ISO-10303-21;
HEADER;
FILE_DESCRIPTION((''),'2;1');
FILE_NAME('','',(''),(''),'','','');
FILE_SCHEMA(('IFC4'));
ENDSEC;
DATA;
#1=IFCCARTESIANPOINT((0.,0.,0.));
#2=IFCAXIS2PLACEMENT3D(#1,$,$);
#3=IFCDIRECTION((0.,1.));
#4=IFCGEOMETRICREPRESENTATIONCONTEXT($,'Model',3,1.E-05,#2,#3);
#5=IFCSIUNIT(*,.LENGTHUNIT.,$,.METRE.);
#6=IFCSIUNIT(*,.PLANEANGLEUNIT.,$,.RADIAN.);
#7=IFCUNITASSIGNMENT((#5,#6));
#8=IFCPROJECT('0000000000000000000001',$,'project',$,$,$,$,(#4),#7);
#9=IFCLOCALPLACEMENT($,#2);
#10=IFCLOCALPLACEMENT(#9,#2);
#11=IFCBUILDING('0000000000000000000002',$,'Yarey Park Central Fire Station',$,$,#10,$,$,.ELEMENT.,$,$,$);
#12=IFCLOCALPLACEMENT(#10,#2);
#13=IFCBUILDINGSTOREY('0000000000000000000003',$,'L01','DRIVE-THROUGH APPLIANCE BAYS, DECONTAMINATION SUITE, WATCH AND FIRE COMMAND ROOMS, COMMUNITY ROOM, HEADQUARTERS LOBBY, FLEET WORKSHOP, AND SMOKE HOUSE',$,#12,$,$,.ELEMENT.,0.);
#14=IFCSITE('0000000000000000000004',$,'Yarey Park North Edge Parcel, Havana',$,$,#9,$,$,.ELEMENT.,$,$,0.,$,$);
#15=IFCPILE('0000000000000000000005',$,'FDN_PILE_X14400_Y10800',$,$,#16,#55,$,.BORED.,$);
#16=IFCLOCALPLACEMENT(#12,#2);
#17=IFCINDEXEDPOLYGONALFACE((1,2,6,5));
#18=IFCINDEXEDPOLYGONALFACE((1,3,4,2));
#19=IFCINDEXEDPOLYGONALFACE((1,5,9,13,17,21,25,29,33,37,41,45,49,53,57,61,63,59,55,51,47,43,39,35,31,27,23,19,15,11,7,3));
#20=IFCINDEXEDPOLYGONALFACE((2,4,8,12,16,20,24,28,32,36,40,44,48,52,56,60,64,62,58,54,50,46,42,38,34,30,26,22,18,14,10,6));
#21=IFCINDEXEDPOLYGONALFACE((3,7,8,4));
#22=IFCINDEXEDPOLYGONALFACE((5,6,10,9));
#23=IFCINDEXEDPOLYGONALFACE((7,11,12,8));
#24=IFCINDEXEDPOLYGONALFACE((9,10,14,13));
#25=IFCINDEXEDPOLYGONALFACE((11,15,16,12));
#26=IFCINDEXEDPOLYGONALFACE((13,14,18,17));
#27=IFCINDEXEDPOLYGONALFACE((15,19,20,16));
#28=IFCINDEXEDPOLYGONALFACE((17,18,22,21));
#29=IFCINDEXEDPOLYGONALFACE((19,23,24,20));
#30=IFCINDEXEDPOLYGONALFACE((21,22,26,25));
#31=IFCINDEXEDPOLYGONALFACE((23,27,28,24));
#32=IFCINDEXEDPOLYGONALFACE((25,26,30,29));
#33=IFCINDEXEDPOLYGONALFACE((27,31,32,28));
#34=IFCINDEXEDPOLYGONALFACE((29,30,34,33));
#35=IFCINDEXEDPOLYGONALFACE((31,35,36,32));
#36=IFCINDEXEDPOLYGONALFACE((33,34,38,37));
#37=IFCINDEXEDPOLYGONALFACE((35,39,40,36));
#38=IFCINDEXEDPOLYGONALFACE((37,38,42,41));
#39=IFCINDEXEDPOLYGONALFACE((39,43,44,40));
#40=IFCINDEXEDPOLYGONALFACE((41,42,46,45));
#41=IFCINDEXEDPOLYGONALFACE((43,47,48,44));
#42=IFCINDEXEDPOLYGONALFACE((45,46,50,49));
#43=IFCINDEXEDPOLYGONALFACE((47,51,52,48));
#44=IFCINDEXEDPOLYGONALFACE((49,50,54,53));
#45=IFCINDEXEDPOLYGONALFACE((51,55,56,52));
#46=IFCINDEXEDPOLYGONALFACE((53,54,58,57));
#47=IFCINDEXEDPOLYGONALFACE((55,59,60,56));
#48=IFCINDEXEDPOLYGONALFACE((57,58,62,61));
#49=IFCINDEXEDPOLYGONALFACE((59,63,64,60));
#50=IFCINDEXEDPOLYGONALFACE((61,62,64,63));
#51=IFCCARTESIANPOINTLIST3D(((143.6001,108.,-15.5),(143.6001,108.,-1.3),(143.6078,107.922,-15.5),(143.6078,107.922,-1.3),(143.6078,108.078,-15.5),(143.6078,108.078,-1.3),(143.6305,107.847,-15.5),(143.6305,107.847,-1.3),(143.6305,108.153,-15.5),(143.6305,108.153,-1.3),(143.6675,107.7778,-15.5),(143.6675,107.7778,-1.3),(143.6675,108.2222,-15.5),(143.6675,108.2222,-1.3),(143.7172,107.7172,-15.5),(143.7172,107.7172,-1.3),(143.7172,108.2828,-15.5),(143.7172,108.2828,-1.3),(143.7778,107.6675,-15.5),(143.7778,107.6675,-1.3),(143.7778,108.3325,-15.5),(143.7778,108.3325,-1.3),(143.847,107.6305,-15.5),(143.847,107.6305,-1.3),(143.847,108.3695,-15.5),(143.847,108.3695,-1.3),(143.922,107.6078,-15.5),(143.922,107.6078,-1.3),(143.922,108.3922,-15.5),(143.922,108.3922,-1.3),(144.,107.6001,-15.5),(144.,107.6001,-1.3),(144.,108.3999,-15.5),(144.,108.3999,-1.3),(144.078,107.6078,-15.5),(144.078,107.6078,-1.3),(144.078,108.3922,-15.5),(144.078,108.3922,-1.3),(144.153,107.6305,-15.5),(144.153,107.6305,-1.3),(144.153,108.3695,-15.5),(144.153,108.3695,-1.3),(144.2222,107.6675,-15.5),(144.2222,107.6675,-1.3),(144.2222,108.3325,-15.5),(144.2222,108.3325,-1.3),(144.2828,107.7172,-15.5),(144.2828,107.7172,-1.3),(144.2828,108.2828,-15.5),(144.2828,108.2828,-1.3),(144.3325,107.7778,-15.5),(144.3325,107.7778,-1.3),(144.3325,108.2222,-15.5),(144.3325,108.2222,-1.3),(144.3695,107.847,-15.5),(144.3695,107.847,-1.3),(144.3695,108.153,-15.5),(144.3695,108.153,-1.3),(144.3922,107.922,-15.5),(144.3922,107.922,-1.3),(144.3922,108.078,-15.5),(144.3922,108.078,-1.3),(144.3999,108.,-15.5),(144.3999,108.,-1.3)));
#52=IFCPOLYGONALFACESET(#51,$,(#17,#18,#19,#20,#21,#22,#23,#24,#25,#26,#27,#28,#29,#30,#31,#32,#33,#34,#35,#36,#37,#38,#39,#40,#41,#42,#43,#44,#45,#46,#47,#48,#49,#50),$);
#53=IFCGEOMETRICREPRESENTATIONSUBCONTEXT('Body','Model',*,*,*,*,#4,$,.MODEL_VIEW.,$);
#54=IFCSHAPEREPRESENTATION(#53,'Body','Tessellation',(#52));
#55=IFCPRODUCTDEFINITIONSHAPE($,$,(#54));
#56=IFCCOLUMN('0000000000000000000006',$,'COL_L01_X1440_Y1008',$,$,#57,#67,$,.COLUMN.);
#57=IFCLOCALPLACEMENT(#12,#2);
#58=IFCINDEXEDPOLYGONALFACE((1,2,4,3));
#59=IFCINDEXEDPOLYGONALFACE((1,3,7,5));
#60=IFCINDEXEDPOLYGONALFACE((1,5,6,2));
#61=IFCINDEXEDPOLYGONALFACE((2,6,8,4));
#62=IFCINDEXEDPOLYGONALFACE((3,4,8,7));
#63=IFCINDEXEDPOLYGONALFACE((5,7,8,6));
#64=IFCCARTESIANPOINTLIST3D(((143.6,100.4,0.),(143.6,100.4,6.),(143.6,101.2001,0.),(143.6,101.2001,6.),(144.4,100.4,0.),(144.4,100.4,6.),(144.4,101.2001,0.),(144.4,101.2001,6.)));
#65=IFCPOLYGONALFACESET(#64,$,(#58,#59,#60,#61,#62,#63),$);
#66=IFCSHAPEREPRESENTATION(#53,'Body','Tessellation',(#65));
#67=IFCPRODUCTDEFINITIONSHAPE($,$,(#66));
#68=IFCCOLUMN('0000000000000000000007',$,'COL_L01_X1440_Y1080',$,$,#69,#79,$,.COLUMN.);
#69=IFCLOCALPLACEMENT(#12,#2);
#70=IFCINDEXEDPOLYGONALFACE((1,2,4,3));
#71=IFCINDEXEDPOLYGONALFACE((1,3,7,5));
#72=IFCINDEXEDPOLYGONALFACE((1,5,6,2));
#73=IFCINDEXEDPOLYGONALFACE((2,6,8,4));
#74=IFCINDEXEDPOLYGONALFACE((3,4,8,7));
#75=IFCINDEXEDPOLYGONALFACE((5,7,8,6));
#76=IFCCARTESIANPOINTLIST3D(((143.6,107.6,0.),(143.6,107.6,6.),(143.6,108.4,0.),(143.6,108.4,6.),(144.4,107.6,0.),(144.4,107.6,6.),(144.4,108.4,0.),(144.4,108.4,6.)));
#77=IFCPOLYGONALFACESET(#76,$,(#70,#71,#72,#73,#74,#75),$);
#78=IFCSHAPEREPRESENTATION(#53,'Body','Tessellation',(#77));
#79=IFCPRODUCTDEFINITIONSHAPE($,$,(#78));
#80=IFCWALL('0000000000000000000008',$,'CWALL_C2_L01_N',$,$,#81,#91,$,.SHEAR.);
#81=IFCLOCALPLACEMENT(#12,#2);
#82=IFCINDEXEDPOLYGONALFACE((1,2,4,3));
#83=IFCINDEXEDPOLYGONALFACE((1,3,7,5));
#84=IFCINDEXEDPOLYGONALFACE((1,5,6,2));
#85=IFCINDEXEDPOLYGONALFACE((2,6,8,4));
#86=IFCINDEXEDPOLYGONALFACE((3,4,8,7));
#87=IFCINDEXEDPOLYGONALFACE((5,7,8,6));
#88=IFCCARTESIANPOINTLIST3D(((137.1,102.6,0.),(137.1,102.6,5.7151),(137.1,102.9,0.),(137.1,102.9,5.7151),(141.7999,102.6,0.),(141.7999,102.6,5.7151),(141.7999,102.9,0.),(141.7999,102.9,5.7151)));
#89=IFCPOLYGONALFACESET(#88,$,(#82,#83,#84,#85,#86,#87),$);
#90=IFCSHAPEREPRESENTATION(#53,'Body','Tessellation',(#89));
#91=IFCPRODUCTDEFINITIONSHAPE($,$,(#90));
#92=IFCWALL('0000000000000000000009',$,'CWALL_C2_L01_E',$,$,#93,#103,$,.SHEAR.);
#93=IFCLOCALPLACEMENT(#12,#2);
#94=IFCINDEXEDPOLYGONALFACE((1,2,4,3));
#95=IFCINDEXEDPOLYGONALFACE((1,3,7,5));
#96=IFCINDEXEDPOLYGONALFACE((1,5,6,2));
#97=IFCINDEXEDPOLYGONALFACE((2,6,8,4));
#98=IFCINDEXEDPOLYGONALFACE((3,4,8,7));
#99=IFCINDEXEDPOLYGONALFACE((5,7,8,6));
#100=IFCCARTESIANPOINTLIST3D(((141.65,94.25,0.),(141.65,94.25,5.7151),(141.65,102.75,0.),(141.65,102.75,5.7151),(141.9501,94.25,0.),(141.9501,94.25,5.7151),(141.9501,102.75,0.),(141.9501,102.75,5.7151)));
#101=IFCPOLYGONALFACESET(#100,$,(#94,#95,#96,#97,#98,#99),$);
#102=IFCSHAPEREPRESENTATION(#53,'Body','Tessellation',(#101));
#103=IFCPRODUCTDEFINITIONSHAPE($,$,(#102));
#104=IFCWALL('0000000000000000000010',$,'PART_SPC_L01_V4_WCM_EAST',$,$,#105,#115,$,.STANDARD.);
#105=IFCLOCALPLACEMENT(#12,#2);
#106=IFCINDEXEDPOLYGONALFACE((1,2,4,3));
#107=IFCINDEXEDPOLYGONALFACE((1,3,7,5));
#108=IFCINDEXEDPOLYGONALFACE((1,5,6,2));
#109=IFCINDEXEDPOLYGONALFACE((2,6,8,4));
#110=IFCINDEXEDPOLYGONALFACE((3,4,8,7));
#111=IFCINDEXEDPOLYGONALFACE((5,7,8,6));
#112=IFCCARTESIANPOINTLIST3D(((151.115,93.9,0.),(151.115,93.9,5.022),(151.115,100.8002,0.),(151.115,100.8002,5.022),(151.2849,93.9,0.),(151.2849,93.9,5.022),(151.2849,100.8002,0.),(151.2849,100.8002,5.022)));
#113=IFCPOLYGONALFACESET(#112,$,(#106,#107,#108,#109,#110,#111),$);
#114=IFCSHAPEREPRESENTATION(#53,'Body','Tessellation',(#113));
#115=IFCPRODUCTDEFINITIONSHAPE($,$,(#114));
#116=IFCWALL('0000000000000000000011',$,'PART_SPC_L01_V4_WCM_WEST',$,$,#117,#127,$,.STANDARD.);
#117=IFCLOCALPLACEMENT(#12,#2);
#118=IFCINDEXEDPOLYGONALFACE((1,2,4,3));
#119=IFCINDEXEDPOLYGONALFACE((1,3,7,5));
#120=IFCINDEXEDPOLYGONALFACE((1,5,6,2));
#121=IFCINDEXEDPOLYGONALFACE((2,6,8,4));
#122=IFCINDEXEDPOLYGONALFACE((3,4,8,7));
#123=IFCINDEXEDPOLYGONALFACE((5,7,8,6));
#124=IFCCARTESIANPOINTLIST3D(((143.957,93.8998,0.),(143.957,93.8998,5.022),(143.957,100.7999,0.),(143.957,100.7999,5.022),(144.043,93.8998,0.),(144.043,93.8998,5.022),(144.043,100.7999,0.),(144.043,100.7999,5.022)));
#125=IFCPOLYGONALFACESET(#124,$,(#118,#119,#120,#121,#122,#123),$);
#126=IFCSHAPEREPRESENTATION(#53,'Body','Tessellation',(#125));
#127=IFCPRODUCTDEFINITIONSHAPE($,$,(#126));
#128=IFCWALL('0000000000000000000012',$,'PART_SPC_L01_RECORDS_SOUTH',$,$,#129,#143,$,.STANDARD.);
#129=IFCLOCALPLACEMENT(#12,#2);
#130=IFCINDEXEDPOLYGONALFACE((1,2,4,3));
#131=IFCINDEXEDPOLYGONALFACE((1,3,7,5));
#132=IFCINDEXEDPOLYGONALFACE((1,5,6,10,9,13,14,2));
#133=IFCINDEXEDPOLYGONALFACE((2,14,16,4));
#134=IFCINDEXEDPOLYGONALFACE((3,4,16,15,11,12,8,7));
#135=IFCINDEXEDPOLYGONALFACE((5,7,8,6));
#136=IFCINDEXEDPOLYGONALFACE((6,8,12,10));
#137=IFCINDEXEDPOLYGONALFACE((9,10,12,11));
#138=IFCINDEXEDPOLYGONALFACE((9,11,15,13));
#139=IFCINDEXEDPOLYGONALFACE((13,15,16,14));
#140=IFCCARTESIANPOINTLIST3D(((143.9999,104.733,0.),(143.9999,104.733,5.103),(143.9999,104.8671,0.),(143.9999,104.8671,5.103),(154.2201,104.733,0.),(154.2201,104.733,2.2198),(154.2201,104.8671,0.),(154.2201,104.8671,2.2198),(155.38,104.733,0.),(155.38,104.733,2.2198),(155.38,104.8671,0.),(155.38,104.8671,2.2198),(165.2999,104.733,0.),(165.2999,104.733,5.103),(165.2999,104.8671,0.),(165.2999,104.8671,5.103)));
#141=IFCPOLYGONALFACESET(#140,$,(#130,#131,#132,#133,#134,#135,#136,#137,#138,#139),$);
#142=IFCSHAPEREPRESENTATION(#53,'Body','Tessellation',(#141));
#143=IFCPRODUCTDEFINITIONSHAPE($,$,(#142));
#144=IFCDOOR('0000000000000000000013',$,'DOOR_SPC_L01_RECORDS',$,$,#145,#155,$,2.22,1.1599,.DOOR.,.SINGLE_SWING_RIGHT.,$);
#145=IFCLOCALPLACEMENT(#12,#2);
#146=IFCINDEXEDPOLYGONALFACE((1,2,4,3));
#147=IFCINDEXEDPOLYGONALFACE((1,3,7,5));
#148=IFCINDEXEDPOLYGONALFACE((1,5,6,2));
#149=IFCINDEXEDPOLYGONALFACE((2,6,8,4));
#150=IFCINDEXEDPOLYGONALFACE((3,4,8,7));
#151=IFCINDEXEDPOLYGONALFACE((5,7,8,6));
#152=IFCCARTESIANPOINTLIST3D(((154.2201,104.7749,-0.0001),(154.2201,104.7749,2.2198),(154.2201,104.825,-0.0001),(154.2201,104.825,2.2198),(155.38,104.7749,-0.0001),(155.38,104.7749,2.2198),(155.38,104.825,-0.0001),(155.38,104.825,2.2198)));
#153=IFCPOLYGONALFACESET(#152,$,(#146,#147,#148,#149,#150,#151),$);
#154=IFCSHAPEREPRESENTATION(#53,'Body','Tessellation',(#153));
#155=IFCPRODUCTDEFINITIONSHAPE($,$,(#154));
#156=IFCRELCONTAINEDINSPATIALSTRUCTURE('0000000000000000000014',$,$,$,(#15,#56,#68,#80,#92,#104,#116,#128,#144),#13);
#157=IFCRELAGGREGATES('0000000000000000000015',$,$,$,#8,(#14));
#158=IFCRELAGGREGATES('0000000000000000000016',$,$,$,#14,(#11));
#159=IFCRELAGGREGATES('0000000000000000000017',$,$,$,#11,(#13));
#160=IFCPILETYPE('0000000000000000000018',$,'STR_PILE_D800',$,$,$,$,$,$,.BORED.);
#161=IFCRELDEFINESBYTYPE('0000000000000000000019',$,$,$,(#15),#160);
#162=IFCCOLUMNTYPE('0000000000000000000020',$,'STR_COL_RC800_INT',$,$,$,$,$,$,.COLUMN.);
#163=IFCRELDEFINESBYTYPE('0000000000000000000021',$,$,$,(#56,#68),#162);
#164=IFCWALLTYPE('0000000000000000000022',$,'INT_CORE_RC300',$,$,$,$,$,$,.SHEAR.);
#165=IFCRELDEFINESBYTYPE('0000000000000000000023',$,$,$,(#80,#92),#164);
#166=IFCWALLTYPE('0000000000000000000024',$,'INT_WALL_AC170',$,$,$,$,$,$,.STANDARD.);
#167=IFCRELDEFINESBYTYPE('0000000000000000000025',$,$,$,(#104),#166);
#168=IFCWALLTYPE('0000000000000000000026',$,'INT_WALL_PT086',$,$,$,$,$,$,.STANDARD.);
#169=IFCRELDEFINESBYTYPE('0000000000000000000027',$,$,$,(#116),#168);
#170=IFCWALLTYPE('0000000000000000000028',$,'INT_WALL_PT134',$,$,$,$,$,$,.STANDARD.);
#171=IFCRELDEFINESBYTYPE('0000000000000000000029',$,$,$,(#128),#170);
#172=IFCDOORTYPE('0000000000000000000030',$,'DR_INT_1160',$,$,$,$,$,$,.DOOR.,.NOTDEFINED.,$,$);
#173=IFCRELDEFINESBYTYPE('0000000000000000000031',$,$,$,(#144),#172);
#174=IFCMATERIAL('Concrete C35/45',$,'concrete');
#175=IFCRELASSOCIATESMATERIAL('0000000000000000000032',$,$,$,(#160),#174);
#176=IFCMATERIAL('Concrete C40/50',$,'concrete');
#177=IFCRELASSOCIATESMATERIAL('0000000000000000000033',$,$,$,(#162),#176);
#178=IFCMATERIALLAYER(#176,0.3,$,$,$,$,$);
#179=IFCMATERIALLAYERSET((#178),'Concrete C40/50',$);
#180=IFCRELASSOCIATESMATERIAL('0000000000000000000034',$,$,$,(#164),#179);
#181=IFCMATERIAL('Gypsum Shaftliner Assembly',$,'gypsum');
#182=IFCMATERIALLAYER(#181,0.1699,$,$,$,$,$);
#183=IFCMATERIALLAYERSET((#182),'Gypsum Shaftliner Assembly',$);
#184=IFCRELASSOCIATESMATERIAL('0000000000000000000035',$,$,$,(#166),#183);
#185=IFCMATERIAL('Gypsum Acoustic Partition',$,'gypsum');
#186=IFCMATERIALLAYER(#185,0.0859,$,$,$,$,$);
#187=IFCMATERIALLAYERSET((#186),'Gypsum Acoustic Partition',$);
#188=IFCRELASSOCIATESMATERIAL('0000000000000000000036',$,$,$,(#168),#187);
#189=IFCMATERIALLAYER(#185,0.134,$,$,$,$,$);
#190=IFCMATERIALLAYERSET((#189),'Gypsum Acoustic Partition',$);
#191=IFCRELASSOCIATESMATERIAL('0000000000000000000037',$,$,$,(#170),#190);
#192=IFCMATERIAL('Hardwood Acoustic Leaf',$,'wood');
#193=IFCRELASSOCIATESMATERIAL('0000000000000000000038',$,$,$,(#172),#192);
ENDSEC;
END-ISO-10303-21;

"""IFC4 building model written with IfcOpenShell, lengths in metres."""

from ifc_helpers import new_model, si_unit, direction, frame, frame_2d, origin, origin_2d, place, context, subcontext, project, spatial, rectangle, circle, extrude, material, layer, layer_set, material_profile, profile_set, type_object, element, fill, save


model = new_model("IFC4")

# Units and contexts
model_context = context("Model", 3, precision=1e-05, world=origin(), true_north=direction((0.0, 1.0)))
body_context = subcontext(model_context, "Body", "Model", "MODEL_VIEW")
ifc_project = project(units=[si_unit("LENGTHUNIT", "METRE"), si_unit("PLANEANGLEUNIT", "RADIAN")], contexts=[model_context])

# Site, building, storey
site_placement = place(None, origin())
site = spatial("IfcSite", under=ifc_project, at=site_placement, Name="Yarey Park North Edge Parcel, Havana", CompositionType="ELEMENT", RefElevation=0.0)
building_placement = place(site_placement, origin())
building = spatial("IfcBuilding", under=site, at=building_placement, Name="Yarey Park Central Fire Station", CompositionType="ELEMENT")
storey_placement = place(building_placement, origin())
storey = spatial("IfcBuildingStorey", under=building, at=storey_placement, Name="L01", Description="DRIVE-THROUGH APPLIANCE BAYS, DECONTAMINATION SUITE, WATCH AND FIRE COMMAND ROOMS, COMMUNITY ROOM, HEADQUARTERS LOBBY, FLEET WORKSHOP, AND SMOKE HOUSE", CompositionType="ELEMENT", Elevation=0.0)

# Shared definitions
ifc_material_1 = material(Name="Concrete C35/45", Category="concrete")

# Pile
ifc_material_profile_1 = material_profile(ifc_material_1, circle(Radius=0.3999, at=origin_2d()), Name="BORED PILE D800")
ifc_profile_set_1 = profile_set([ifc_material_profile_1], Name="Concrete C35/45")
pile_type_1 = type_object("IfcPileType", Name="STR_PILE_D800", PredefinedType="BORED", material=ifc_profile_set_1)
pile_placement = place(storey_placement, frame((144.0, 108.0, -1.3), z_axis=(0.0, 0.0, -1.0), x_axis=(1.0, 0.0, 0.0)))
element("IfcPile", 1, at=pile_placement, inside=storey, type_object=pile_type_1, Name="FDN_PILE_X14400_Y10800", PredefinedType="BORED", context=body_context, shape_type="SweptSolid", body=[
    extrude(circle(Radius=0.3999, at=origin_2d()), origin(), (0.0, 0.0, 1.0), 14.2),
])

# Columns
ifc_material_2 = material(Name="Concrete C40/50", Category="concrete")
ifc_material_profile_2 = material_profile(ifc_material_2, rectangle(XDim=0.8, YDim=0.8, at=origin_2d()), Name="RC 800x800")
ifc_profile_set_2 = profile_set([ifc_material_profile_2], Name="Concrete C40/50")
column_type = type_object("IfcColumnType", Name="STR_COL_RC800_INT", PredefinedType="COLUMN", material=ifc_profile_set_2)
for number, where, z_axis, x_axis, name in (
    (2, (144.0, 100.8, 0.0), (0.0, 0.0, 1.0), (1.0, 0.0, 0.0), "COL_L01_X1440_Y1008"),
    (3, (144.0, 108.0, 0.0), (0.0, 0.0, 1.0), (1.0, 0.0, 0.0), "COL_L01_X1440_Y1080"),
):
    element("IfcColumn", number, at=place(storey_placement, frame(where, z_axis=z_axis, x_axis=x_axis)), inside=storey, type_object=column_type, Name=name, PredefinedType="COLUMN", context=body_context, shape_type="SweptSolid", body=[
        extrude(rectangle(XDim=0.8, YDim=0.8, at=origin_2d()), origin(), (0.0, 0.0, 1.0), 6.0),
    ])

# Walls
ifc_layer_1 = layer(ifc_material_2, 0.3)
ifc_layer_set_1 = layer_set([ifc_layer_1], Name="Concrete C40/50")
wall_type_1 = type_object("IfcWallType", Name="INT_CORE_RC300", PredefinedType="SHEAR", material=ifc_layer_set_1)
wall_1_placement = place(storey_placement, frame((141.8, 102.75, 0.0), z_axis=(0.0, 0.0, 1.0), x_axis=(-1.0, 0.0, 0.0)))
element("IfcWall", 4, at=wall_1_placement, inside=storey, type_object=wall_type_1, Name="CWALL_C2_L01_N", PredefinedType="SHEAR", context=body_context, shape_type="SweptSolid", body=[
    extrude(rectangle(XDim=4.7, YDim=0.3, at=frame_2d((2.3501, 0.0))), origin(), (0.0, 0.0, 1.0), 5.7151),
])
wall_2_placement = place(storey_placement, frame((141.8, 102.75, 0.0), z_axis=(0.0, 0.0, 1.0), x_axis=(0.0, -1.0, 0.0)))
element("IfcWall", 5, at=wall_2_placement, inside=storey, type_object=wall_type_1, Name="CWALL_C2_L01_E", PredefinedType="SHEAR", context=body_context, shape_type="SweptSolid", body=[
    extrude(rectangle(XDim=8.5, YDim=0.3, at=frame_2d((4.25, 0.0))), origin(), (0.0, 0.0, 1.0), 5.7151),
])
ifc_material_3 = material(Name="Gypsum Shaftliner Assembly", Category="gypsum")
ifc_layer_2 = layer(ifc_material_3, 0.1699)
ifc_layer_set_2 = layer_set([ifc_layer_2], Name="Gypsum Shaftliner Assembly")
wall_type_2 = type_object("IfcWallType", Name="INT_WALL_AC170", PredefinedType="STANDARD", material=ifc_layer_set_2)
wall_3_placement = place(storey_placement, frame((151.2, 93.8999, 0.0), z_axis=(0.0, 0.0, 1.0), x_axis=(0.0, 1.0, 0.0)))
element("IfcWall", 6, at=wall_3_placement, inside=storey, type_object=wall_type_2, Name="PART_SPC_L01_V4_WCM_EAST", PredefinedType="STANDARD", context=body_context, shape_type="SweptSolid", body=[
    extrude(rectangle(XDim=6.9001, YDim=0.1699, at=frame_2d((3.4502, 0.0))), origin(), (0.0, 0.0, 1.0), 5.022),
])
ifc_material_4 = material(Name="Gypsum Acoustic Partition", Category="gypsum")
ifc_layer_3 = layer(ifc_material_4, 0.0859)
ifc_layer_set_3 = layer_set([ifc_layer_3], Name="Gypsum Acoustic Partition")
wall_type_3 = type_object("IfcWallType", Name="INT_WALL_PT086", PredefinedType="STANDARD", material=ifc_layer_set_3)
wall_4_placement = place(storey_placement, frame((144.0, 100.8, 0.0), z_axis=(0.0, 0.0, 1.0), x_axis=(0.0, -1.0, 0.0)))
element("IfcWall", 7, at=wall_4_placement, inside=storey, type_object=wall_type_3, Name="PART_SPC_L01_V4_WCM_WEST", PredefinedType="STANDARD", context=body_context, shape_type="SweptSolid", body=[
    extrude(rectangle(XDim=6.9001, YDim=0.0859, at=frame_2d((3.4502, 0.0))), origin(), (0.0, 0.0, 1.0), 5.022),
])

# Wall, opening, door
ifc_layer_4 = layer(ifc_material_4, 0.134)
ifc_layer_set_4 = layer_set([ifc_layer_4], Name="Gypsum Acoustic Partition")
wall_type_4 = type_object("IfcWallType", Name="INT_WALL_PT134", PredefinedType="STANDARD", material=ifc_layer_set_4)
wall_5_placement = place(storey_placement, frame((144.0, 104.8, 0.0), z_axis=(0.0, 0.0, 1.0), x_axis=(1.0, 0.0, 0.0)))
wall_5 = element("IfcWall", 8, at=wall_5_placement, inside=storey, type_object=wall_type_4, Name="PART_SPC_L01_RECORDS_SOUTH", PredefinedType="STANDARD", context=body_context, shape_type="SweptSolid", body=[
    extrude(rectangle(XDim=21.3, YDim=0.134, at=frame_2d((10.6499, 0.0))), origin(), (0.0, 0.0, 1.0), 5.103),
])
opening_placement = place(wall_5_placement, frame((10.22, 0.0, 0.0)))
opening = element("IfcOpeningElement", 9, at=opening_placement, cuts=wall_5, PredefinedType="OPENING", context=body_context, shape_type="SweptSolid", body=[
    extrude(rectangle(XDim=1.1599, YDim=2.22, at=frame_2d((0.5801, 1.1099))), frame((0.0, 0.0769, 0.0), z_axis=(0.0, -1.0, 0.0), x_axis=(1.0, 0.0, 0.0)), (0.0, 0.0, 1.0), 0.1541),
])
ifc_material_5 = material(Name="Hardwood Acoustic Leaf", Category="wood")
door_type = type_object("IfcDoorType", Name="DR_INT_1160", OperationType="NOTDEFINED", PredefinedType="DOOR", material=ifc_material_5)
door_placement = place(opening_placement, origin())
door = element("IfcDoor", 10, at=door_placement, inside=storey, type_object=door_type, Name="DOOR_SPC_L01_RECORDS", OperationType="SINGLE_SWING_RIGHT", OverallHeight=2.22, OverallWidth=1.1599, PredefinedType="DOOR", context=body_context, shape_type="SweptSolid", body=[
    extrude(rectangle(XDim=1.1599, YDim=2.22, at=frame_2d((0.5801, 1.1099))), frame((0.0, 0.0249, 0.0), z_axis=(0.0, -1.0, 0.0), x_axis=(1.0, 0.0, 0.0)), (0.0, 0.0, 1.0), 0.05),
])
fill(opening, door)

save(model, "model.ifc")
